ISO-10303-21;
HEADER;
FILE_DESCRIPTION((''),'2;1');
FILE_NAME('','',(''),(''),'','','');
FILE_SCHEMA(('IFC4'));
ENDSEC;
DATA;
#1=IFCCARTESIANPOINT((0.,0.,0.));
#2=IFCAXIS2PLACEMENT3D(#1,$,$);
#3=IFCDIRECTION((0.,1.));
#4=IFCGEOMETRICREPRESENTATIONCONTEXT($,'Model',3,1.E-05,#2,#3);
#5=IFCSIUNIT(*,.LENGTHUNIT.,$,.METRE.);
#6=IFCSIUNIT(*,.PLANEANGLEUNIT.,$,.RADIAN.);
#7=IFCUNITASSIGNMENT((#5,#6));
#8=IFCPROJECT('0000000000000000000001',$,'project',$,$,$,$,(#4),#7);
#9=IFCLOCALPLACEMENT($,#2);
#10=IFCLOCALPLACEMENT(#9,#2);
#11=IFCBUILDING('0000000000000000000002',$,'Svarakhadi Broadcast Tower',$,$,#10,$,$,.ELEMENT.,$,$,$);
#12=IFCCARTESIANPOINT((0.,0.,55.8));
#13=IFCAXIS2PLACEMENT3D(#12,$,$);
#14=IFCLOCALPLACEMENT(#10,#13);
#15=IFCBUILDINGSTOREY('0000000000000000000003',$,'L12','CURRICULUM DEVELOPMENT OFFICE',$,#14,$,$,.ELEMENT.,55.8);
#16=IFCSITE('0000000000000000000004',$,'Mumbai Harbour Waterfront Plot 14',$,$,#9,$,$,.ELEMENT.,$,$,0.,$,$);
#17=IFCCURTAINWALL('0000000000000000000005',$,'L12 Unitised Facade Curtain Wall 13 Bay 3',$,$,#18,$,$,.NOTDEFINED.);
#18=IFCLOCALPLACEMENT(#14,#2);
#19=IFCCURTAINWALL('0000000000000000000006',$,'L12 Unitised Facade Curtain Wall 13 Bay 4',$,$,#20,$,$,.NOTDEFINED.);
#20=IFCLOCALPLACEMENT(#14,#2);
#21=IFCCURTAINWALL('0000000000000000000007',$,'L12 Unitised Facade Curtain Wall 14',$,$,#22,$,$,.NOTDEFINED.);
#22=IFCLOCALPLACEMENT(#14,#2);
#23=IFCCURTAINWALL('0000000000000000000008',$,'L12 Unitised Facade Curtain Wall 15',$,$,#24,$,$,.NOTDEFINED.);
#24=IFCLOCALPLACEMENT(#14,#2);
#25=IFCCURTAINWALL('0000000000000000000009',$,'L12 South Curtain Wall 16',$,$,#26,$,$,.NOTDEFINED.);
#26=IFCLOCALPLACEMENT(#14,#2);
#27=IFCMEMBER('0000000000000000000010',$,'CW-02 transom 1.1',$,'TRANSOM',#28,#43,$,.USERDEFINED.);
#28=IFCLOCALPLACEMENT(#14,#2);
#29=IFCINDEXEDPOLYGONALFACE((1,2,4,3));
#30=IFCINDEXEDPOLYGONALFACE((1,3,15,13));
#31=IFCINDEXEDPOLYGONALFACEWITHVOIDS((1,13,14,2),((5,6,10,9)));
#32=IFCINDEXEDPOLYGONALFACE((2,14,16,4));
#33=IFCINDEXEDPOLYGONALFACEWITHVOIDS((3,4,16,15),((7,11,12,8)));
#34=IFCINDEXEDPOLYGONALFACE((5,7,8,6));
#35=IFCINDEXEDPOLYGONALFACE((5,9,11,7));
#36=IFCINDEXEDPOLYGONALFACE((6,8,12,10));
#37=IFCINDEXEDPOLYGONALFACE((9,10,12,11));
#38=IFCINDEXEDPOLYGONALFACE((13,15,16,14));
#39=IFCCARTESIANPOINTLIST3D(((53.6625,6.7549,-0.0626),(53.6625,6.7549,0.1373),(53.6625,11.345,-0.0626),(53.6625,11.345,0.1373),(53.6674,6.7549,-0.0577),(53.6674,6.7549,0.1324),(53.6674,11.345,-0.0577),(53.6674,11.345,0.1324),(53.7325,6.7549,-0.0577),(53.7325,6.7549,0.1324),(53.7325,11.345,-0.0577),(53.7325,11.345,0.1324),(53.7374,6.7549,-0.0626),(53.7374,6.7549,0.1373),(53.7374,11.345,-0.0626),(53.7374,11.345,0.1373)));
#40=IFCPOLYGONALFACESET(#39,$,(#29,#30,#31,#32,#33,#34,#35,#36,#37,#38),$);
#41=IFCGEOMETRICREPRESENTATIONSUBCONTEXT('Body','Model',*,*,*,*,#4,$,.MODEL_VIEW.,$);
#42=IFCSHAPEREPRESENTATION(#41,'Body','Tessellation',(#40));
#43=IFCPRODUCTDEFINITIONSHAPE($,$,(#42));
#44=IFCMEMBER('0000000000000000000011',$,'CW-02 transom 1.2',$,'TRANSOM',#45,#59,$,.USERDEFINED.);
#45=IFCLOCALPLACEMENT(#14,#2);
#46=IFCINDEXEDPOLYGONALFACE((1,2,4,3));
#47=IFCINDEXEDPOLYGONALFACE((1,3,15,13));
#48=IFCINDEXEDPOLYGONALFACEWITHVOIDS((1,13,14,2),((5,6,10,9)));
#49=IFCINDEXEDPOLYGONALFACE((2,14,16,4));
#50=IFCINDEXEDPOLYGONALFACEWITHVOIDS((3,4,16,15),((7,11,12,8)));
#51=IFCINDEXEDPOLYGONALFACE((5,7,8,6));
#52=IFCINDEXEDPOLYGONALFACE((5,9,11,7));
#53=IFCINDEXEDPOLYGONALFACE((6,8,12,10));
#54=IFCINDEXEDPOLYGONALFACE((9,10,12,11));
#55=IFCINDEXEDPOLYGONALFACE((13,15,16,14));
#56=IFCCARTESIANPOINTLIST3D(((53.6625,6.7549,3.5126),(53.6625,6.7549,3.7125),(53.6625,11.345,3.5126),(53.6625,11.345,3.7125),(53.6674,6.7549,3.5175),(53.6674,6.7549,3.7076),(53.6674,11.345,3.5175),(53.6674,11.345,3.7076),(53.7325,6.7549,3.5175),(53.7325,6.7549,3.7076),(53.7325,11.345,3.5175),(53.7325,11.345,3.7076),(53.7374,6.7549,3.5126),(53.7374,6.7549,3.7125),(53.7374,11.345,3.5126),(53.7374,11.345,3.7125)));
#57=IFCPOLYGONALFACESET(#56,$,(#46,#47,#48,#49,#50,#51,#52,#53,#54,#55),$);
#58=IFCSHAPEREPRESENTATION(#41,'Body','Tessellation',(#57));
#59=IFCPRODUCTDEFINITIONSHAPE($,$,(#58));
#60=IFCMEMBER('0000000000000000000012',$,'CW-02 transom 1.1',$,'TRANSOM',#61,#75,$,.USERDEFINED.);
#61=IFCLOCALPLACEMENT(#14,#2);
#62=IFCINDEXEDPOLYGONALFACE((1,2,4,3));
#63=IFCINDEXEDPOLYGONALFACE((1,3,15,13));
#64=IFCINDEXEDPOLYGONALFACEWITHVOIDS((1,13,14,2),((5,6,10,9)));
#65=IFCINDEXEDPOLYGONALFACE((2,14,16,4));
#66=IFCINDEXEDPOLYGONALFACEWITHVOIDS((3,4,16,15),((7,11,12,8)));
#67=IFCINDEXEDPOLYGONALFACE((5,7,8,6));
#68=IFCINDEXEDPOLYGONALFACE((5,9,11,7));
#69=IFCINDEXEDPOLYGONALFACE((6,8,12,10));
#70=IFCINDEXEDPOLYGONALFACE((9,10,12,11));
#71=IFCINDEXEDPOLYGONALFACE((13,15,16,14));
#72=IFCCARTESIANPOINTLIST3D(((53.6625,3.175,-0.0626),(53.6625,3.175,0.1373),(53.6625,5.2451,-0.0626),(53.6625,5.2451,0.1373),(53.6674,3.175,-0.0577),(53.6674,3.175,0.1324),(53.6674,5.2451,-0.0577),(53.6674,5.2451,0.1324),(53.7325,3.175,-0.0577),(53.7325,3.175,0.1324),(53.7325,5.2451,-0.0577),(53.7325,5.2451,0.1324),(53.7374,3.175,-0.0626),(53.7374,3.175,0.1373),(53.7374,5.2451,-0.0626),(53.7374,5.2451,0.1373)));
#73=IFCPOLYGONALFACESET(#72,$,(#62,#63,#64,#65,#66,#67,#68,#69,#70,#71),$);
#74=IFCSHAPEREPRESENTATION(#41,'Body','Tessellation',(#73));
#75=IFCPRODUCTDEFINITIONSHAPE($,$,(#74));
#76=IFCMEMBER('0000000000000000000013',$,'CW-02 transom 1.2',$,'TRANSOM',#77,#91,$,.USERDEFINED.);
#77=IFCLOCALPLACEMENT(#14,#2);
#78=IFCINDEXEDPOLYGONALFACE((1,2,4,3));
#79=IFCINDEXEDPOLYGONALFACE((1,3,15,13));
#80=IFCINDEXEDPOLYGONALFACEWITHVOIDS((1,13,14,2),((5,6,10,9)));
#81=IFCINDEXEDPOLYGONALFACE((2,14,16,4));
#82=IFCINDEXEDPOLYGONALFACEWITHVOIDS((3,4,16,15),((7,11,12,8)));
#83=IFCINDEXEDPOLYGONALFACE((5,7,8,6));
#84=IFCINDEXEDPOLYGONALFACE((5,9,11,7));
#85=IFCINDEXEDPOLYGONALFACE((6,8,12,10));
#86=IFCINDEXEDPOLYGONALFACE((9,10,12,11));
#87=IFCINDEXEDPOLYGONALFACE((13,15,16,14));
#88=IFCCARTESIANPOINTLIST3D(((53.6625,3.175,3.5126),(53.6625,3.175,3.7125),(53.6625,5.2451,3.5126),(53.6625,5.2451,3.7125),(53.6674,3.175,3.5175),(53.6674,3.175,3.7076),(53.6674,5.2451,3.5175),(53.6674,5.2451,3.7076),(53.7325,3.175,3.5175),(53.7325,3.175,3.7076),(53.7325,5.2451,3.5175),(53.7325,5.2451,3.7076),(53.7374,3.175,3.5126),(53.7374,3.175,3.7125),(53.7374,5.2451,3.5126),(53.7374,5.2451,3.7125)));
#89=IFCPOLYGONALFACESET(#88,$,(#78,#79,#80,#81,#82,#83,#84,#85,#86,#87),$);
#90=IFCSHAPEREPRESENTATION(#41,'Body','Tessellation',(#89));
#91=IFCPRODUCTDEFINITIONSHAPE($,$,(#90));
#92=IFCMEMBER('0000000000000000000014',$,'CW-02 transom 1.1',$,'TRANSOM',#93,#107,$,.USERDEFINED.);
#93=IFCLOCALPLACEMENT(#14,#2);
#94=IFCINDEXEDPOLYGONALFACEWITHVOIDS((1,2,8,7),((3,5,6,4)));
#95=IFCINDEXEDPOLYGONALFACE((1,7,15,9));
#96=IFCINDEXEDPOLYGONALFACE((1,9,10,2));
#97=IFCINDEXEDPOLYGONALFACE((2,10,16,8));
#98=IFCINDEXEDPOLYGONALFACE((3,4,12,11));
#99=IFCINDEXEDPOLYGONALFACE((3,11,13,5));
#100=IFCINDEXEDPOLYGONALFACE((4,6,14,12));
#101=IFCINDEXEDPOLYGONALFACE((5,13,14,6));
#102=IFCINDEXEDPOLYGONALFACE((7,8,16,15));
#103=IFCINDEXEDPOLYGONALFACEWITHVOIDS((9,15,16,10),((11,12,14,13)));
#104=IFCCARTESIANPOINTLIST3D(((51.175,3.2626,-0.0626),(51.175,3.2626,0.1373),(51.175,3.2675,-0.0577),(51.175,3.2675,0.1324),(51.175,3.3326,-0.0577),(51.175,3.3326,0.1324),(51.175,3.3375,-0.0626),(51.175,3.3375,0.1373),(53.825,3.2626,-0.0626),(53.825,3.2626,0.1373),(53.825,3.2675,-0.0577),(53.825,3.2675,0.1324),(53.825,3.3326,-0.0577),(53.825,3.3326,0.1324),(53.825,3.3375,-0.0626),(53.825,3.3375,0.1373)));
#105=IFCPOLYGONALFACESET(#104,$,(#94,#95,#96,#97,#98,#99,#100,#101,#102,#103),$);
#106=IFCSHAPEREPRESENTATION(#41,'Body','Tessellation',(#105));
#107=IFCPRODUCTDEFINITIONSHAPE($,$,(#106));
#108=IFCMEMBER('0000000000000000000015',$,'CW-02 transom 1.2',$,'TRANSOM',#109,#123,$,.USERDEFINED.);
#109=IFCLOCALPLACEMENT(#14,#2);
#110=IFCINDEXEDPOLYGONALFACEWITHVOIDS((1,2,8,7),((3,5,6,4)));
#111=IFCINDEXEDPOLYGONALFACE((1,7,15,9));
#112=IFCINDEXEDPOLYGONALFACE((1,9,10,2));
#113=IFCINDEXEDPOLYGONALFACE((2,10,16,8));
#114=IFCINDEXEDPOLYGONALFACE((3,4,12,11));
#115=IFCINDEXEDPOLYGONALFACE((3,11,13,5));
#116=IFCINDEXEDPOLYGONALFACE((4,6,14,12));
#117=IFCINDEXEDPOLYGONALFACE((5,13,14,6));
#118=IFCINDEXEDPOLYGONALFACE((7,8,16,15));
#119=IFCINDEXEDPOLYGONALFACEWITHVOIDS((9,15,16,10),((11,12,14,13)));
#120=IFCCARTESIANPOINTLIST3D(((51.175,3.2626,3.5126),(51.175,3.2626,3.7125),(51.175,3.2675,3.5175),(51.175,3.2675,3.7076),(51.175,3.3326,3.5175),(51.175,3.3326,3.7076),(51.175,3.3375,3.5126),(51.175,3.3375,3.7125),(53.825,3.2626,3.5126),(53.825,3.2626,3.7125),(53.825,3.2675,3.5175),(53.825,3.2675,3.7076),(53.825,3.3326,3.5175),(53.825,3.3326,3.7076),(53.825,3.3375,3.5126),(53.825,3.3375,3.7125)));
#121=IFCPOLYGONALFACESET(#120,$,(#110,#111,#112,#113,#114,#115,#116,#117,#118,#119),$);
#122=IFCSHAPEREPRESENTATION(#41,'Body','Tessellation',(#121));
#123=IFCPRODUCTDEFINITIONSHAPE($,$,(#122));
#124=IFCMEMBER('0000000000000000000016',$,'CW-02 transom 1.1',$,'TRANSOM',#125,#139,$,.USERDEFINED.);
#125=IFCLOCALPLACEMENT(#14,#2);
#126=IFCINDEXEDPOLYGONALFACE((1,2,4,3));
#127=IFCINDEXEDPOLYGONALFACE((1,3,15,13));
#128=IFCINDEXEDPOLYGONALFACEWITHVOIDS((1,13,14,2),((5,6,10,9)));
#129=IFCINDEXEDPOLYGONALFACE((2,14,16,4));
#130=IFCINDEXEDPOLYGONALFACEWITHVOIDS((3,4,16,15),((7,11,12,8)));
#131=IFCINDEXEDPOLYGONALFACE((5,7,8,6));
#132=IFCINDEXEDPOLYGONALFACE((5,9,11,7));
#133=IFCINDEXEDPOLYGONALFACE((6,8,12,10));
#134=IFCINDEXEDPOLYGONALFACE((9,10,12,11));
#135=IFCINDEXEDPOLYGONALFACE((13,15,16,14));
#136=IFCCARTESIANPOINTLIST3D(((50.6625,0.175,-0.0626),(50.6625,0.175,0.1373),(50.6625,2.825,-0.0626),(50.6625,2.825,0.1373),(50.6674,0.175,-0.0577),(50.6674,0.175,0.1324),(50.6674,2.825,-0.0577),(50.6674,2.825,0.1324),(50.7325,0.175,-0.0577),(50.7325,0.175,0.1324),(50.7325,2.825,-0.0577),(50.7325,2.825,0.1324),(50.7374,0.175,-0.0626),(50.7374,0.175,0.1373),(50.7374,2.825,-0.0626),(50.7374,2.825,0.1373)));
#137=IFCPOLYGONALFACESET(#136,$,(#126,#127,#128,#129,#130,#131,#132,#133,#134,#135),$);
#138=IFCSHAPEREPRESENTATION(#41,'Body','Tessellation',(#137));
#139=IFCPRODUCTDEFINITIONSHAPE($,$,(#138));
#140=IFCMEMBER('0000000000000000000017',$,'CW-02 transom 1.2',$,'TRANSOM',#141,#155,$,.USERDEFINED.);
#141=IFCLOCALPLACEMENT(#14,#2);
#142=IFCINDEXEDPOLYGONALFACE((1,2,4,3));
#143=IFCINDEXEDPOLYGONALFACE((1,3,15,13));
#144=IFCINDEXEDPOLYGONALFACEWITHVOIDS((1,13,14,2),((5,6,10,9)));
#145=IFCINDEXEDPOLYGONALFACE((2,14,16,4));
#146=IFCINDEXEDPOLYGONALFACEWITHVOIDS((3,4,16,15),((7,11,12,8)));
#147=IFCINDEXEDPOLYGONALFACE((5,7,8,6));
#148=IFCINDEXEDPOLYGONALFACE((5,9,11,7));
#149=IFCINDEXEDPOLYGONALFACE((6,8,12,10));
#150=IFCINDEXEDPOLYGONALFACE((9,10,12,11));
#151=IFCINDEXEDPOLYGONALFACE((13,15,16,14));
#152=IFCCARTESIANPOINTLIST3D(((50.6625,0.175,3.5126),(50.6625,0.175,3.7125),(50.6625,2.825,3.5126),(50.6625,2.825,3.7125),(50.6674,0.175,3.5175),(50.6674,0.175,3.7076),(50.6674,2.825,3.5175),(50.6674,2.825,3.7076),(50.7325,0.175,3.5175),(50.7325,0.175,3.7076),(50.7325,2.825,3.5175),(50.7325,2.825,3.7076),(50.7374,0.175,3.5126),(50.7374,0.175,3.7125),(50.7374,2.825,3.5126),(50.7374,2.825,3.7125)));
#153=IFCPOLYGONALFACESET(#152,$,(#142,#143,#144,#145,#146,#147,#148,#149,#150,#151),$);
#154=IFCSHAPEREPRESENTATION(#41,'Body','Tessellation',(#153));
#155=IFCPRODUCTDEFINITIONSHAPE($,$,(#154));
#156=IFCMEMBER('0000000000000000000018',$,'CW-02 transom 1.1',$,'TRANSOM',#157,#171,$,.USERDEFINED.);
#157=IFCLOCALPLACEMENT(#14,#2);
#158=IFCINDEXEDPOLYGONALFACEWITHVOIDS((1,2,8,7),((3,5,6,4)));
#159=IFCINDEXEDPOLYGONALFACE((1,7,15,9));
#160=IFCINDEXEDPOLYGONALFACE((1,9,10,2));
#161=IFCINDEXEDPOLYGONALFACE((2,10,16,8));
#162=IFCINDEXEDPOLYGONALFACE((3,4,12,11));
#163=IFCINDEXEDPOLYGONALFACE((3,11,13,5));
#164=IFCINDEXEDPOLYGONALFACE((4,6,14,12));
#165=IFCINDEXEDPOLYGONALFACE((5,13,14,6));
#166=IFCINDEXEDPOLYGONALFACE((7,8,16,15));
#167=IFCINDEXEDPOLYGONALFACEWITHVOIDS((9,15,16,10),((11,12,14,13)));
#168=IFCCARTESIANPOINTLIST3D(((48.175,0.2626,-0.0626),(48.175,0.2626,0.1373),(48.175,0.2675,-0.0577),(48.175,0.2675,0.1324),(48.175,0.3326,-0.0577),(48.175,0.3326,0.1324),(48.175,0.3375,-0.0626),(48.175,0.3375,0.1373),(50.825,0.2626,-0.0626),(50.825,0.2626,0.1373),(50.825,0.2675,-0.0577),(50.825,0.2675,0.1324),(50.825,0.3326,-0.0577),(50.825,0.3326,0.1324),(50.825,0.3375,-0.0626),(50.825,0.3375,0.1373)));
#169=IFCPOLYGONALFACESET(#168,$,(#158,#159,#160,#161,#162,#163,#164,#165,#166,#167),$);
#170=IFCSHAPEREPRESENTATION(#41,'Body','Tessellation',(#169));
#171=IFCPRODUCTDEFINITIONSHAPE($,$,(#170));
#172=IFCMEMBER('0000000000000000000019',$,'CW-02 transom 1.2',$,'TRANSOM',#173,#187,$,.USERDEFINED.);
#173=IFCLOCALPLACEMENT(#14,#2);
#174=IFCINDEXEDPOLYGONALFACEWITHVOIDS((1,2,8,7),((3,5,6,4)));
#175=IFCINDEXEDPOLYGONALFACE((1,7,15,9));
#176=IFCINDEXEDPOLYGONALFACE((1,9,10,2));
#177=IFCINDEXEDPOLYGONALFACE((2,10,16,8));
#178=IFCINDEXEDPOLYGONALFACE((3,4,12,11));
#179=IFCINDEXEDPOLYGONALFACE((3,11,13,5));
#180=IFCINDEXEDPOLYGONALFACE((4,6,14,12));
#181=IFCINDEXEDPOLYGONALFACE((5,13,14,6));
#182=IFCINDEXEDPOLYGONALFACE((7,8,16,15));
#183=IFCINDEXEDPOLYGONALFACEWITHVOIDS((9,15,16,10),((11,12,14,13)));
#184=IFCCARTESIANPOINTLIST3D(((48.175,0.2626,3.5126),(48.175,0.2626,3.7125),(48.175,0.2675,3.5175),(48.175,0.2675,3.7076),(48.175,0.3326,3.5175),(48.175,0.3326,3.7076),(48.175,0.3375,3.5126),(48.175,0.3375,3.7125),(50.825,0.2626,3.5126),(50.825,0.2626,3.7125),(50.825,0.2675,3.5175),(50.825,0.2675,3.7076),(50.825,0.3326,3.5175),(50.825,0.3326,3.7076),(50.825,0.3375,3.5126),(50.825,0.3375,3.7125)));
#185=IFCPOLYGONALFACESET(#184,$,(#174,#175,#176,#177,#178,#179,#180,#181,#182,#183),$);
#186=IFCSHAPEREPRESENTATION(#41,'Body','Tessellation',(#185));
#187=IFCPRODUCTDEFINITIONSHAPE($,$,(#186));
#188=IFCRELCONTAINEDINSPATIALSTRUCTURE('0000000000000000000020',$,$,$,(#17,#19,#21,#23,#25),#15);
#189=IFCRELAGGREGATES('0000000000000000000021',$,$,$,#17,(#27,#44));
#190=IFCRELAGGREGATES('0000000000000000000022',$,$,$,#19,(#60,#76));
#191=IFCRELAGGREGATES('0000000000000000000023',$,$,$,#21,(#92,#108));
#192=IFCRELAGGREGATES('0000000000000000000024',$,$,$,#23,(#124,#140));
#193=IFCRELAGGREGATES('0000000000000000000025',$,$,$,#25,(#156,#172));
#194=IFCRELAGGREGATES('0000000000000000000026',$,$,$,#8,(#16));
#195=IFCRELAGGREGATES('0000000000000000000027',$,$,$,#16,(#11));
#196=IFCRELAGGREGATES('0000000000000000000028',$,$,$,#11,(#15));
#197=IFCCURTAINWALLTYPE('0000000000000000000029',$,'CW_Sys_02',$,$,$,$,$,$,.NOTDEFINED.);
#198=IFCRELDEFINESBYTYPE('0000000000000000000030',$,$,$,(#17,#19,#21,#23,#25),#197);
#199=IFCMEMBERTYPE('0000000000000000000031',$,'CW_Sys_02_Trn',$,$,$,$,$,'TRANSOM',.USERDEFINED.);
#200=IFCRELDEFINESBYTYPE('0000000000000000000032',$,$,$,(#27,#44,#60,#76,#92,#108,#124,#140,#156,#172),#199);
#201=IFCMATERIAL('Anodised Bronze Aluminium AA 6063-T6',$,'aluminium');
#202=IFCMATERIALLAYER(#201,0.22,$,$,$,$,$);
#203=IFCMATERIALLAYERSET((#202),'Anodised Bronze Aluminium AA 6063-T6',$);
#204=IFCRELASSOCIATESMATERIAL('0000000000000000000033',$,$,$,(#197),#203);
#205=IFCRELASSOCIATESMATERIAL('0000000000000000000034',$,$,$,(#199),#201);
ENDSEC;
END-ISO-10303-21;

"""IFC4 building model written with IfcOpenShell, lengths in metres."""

from ifc_helpers import new_model, si_unit, direction, frame, origin, origin_2d, place, context, subcontext, project, spatial, hollow_rectangle, extrude, material, layer, layer_set, material_profile, profile_set, type_object, element, aggregate, save


model = new_model("IFC4")

# Units and contexts
model_context = context("Model", 3, precision=1e-05, world=origin(), true_north=direction((0.0, 1.0)))
body_context = subcontext(model_context, "Body", "Model", "MODEL_VIEW")
ifc_project = project(units=[si_unit("LENGTHUNIT", "METRE"), si_unit("PLANEANGLEUNIT", "RADIAN")], contexts=[model_context])

# Site, building, storey
site_placement = place(None, origin())
site = spatial("IfcSite", under=ifc_project, at=site_placement, Name="Mumbai Harbour Waterfront Plot 14", CompositionType="ELEMENT", RefElevation=0.0)
building_placement = place(site_placement, origin())
building = spatial("IfcBuilding", under=site, at=building_placement, Name="Svarakhadi Broadcast Tower", CompositionType="ELEMENT")
storey_placement = place(building_placement, frame((0.0, 0.0, 55.8)))
storey = spatial("IfcBuildingStorey", under=building, at=storey_placement, Name="L12", Description="CURRICULUM DEVELOPMENT OFFICE", CompositionType="ELEMENT", Elevation=55.8)

# Curtain walls
ifc_material_1 = material(Name="Anodised Bronze Aluminium AA 6063-T6", Category="aluminium")
ifc_layer_1 = layer(ifc_material_1, 0.22)
ifc_layer_set_1 = layer_set([ifc_layer_1], Name="Anodised Bronze Aluminium AA 6063-T6")
curtain_wall_type = type_object("IfcCurtainWallType", Name="CW_Sys_02", PredefinedType="NOTDEFINED", material=ifc_layer_set_1)
curtain_wall_1_placement = place(storey_placement, origin())
curtain_wall_1 = element("IfcCurtainWall", 1, at=curtain_wall_1_placement, inside=storey, type_object=curtain_wall_type, Name="L12 Unitised Facade Curtain Wall 13 Bay 3", PredefinedType="NOTDEFINED")
curtain_wall_2_placement = place(storey_placement, origin())
curtain_wall_2 = element("IfcCurtainWall", 2, at=curtain_wall_2_placement, inside=storey, type_object=curtain_wall_type, Name="L12 Unitised Facade Curtain Wall 13 Bay 4", PredefinedType="NOTDEFINED")
curtain_wall_3_placement = place(storey_placement, origin())
curtain_wall_3 = element("IfcCurtainWall", 3, at=curtain_wall_3_placement, inside=storey, type_object=curtain_wall_type, Name="L12 Unitised Facade Curtain Wall 14", PredefinedType="NOTDEFINED")
curtain_wall_4_placement = place(storey_placement, origin())
curtain_wall_4 = element("IfcCurtainWall", 4, at=curtain_wall_4_placement, inside=storey, type_object=curtain_wall_type, Name="L12 Unitised Facade Curtain Wall 15", PredefinedType="NOTDEFINED")
curtain_wall_5_placement = place(storey_placement, origin())
curtain_wall_5 = element("IfcCurtainWall", 5, at=curtain_wall_5_placement, inside=storey, type_object=curtain_wall_type, Name="L12 South Curtain Wall 16", PredefinedType="NOTDEFINED")

# Members
ifc_material_profile_1 = material_profile(ifc_material_1, hollow_rectangle(XDim=0.075, YDim=0.2, WallThickness=0.0049, at=origin_2d()), Name="ALU TRANSOM 200x75x5")
ifc_profile_set_1 = profile_set([ifc_material_profile_1], Name="Anodised Bronze Aluminium AA 6063-T6")
member_type_1 = type_object("IfcMemberType", Name="CW_Sys_02_Trn", ElementType="TRANSOM", PredefinedType="USERDEFINED", material=ifc_profile_set_1)
member_1_placement = place(storey_placement, frame((53.7, 11.345, 0.0374), z_axis=(0.0, -1.0, 0.0), x_axis=(1.0, 0.0, 0.0)))
member_1 = element("IfcMember", 6, at=member_1_placement, type_object=member_type_1, Name="CW-02 transom 1.1", ObjectType="TRANSOM", PredefinedType="USERDEFINED", context=body_context, shape_type="SweptSolid", body=[
    extrude(hollow_rectangle(XDim=0.075, YDim=0.2, WallThickness=0.0049, at=origin_2d()), origin(), (0.0, 0.0, 1.0), 4.5901),
])
member_2_placement = place(storey_placement, frame((53.7, 11.345, 3.6125), z_axis=(0.0, -1.0, 0.0), x_axis=(1.0, 0.0, 0.0)))
member_2 = element("IfcMember", 7, at=member_2_placement, type_object=member_type_1, Name="CW-02 transom 1.2", ObjectType="TRANSOM", PredefinedType="USERDEFINED", context=body_context, shape_type="SweptSolid", body=[
    extrude(hollow_rectangle(XDim=0.075, YDim=0.2, WallThickness=0.0049, at=origin_2d()), origin(), (0.0, 0.0, 1.0), 4.5901),
])
member_3_placement = place(storey_placement, frame((53.7, 5.2451, 0.0374), z_axis=(0.0, -1.0, 0.0), x_axis=(1.0, 0.0, 0.0)))
member_3 = element("IfcMember", 8, at=member_3_placement, type_object=member_type_1, Name="CW-02 transom 1.1", ObjectType="TRANSOM", PredefinedType="USERDEFINED", context=body_context, shape_type="SweptSolid", body=[
    extrude(hollow_rectangle(XDim=0.075, YDim=0.2, WallThickness=0.0049, at=origin_2d()), origin(), (0.0, 0.0, 1.0), 2.0701),
])
member_4_placement = place(storey_placement, frame((53.7, 5.2451, 3.6125), z_axis=(0.0, -1.0, 0.0), x_axis=(1.0, 0.0, 0.0)))
member_4 = element("IfcMember", 9, at=member_4_placement, type_object=member_type_1, Name="CW-02 transom 1.2", ObjectType="TRANSOM", PredefinedType="USERDEFINED", context=body_context, shape_type="SweptSolid", body=[
    extrude(hollow_rectangle(XDim=0.075, YDim=0.2, WallThickness=0.0049, at=origin_2d()), origin(), (0.0, 0.0, 1.0), 2.0701),
])
member_5_placement = place(storey_placement, frame((53.825, 3.3, 0.0374), z_axis=(-1.0, 0.0, 0.0), x_axis=(0.0, -1.0, 0.0)))
member_5 = element("IfcMember", 10, at=member_5_placement, type_object=member_type_1, Name="CW-02 transom 1.1", ObjectType="TRANSOM", PredefinedType="USERDEFINED", context=body_context, shape_type="SweptSolid", body=[
    extrude(hollow_rectangle(XDim=0.075, YDim=0.2, WallThickness=0.0049, at=origin_2d()), origin(), (0.0, 0.0, 1.0), 2.6499),
])
member_6_placement = place(storey_placement, frame((53.825, 3.3, 3.6125), z_axis=(-1.0, 0.0, 0.0), x_axis=(0.0, -1.0, 0.0)))
member_6 = element("IfcMember", 11, at=member_6_placement, type_object=member_type_1, Name="CW-02 transom 1.2", ObjectType="TRANSOM", PredefinedType="USERDEFINED", context=body_context, shape_type="SweptSolid", body=[
    extrude(hollow_rectangle(XDim=0.075, YDim=0.2, WallThickness=0.0049, at=origin_2d()), origin(), (0.0, 0.0, 1.0), 2.6499),
])
member_7_placement = place(storey_placement, frame((50.7, 2.825, 0.0374), z_axis=(0.0, -1.0, 0.0), x_axis=(1.0, 0.0, 0.0)))
member_7 = element("IfcMember", 12, at=member_7_placement, type_object=member_type_1, Name="CW-02 transom 1.1", ObjectType="TRANSOM", PredefinedType="USERDEFINED", context=body_context, shape_type="SweptSolid", body=[
    extrude(hollow_rectangle(XDim=0.075, YDim=0.2, WallThickness=0.0049, at=origin_2d()), origin(), (0.0, 0.0, 1.0), 2.6499),
])
member_8_placement = place(storey_placement, frame((50.7, 2.825, 3.6125), z_axis=(0.0, -1.0, 0.0), x_axis=(1.0, 0.0, 0.0)))
member_8 = element("IfcMember", 13, at=member_8_placement, type_object=member_type_1, Name="CW-02 transom 1.2", ObjectType="TRANSOM", PredefinedType="USERDEFINED", context=body_context, shape_type="SweptSolid", body=[
    extrude(hollow_rectangle(XDim=0.075, YDim=0.2, WallThickness=0.0049, at=origin_2d()), origin(), (0.0, 0.0, 1.0), 2.6499),
])
member_9_placement = place(storey_placement, frame((50.825, 0.3, 0.0374), z_axis=(-1.0, 0.0, 0.0), x_axis=(0.0, -1.0, 0.0)))
member_9 = element("IfcMember", 14, at=member_9_placement, type_object=member_type_1, Name="CW-02 transom 1.1", ObjectType="TRANSOM", PredefinedType="USERDEFINED", context=body_context, shape_type="SweptSolid", body=[
    extrude(hollow_rectangle(XDim=0.075, YDim=0.2, WallThickness=0.0049, at=origin_2d()), origin(), (0.0, 0.0, 1.0), 2.6499),
])
member_10_placement = place(storey_placement, frame((50.825, 0.3, 3.6125), z_axis=(-1.0, 0.0, 0.0), x_axis=(0.0, -1.0, 0.0)))
member_10 = element("IfcMember", 15, at=member_10_placement, type_object=member_type_1, Name="CW-02 transom 1.2", ObjectType="TRANSOM", PredefinedType="USERDEFINED", context=body_context, shape_type="SweptSolid", body=[
    extrude(hollow_rectangle(XDim=0.075, YDim=0.2, WallThickness=0.0049, at=origin_2d()), origin(), (0.0, 0.0, 1.0), 2.6499),
])

aggregate(curtain_wall_1, [member_1, member_2])
aggregate(curtain_wall_2, [member_3, member_4])
aggregate(curtain_wall_3, [member_5, member_6])
aggregate(curtain_wall_4, [member_7, member_8])
aggregate(curtain_wall_5, [member_9, member_10])

save(model, "model.ifc")
